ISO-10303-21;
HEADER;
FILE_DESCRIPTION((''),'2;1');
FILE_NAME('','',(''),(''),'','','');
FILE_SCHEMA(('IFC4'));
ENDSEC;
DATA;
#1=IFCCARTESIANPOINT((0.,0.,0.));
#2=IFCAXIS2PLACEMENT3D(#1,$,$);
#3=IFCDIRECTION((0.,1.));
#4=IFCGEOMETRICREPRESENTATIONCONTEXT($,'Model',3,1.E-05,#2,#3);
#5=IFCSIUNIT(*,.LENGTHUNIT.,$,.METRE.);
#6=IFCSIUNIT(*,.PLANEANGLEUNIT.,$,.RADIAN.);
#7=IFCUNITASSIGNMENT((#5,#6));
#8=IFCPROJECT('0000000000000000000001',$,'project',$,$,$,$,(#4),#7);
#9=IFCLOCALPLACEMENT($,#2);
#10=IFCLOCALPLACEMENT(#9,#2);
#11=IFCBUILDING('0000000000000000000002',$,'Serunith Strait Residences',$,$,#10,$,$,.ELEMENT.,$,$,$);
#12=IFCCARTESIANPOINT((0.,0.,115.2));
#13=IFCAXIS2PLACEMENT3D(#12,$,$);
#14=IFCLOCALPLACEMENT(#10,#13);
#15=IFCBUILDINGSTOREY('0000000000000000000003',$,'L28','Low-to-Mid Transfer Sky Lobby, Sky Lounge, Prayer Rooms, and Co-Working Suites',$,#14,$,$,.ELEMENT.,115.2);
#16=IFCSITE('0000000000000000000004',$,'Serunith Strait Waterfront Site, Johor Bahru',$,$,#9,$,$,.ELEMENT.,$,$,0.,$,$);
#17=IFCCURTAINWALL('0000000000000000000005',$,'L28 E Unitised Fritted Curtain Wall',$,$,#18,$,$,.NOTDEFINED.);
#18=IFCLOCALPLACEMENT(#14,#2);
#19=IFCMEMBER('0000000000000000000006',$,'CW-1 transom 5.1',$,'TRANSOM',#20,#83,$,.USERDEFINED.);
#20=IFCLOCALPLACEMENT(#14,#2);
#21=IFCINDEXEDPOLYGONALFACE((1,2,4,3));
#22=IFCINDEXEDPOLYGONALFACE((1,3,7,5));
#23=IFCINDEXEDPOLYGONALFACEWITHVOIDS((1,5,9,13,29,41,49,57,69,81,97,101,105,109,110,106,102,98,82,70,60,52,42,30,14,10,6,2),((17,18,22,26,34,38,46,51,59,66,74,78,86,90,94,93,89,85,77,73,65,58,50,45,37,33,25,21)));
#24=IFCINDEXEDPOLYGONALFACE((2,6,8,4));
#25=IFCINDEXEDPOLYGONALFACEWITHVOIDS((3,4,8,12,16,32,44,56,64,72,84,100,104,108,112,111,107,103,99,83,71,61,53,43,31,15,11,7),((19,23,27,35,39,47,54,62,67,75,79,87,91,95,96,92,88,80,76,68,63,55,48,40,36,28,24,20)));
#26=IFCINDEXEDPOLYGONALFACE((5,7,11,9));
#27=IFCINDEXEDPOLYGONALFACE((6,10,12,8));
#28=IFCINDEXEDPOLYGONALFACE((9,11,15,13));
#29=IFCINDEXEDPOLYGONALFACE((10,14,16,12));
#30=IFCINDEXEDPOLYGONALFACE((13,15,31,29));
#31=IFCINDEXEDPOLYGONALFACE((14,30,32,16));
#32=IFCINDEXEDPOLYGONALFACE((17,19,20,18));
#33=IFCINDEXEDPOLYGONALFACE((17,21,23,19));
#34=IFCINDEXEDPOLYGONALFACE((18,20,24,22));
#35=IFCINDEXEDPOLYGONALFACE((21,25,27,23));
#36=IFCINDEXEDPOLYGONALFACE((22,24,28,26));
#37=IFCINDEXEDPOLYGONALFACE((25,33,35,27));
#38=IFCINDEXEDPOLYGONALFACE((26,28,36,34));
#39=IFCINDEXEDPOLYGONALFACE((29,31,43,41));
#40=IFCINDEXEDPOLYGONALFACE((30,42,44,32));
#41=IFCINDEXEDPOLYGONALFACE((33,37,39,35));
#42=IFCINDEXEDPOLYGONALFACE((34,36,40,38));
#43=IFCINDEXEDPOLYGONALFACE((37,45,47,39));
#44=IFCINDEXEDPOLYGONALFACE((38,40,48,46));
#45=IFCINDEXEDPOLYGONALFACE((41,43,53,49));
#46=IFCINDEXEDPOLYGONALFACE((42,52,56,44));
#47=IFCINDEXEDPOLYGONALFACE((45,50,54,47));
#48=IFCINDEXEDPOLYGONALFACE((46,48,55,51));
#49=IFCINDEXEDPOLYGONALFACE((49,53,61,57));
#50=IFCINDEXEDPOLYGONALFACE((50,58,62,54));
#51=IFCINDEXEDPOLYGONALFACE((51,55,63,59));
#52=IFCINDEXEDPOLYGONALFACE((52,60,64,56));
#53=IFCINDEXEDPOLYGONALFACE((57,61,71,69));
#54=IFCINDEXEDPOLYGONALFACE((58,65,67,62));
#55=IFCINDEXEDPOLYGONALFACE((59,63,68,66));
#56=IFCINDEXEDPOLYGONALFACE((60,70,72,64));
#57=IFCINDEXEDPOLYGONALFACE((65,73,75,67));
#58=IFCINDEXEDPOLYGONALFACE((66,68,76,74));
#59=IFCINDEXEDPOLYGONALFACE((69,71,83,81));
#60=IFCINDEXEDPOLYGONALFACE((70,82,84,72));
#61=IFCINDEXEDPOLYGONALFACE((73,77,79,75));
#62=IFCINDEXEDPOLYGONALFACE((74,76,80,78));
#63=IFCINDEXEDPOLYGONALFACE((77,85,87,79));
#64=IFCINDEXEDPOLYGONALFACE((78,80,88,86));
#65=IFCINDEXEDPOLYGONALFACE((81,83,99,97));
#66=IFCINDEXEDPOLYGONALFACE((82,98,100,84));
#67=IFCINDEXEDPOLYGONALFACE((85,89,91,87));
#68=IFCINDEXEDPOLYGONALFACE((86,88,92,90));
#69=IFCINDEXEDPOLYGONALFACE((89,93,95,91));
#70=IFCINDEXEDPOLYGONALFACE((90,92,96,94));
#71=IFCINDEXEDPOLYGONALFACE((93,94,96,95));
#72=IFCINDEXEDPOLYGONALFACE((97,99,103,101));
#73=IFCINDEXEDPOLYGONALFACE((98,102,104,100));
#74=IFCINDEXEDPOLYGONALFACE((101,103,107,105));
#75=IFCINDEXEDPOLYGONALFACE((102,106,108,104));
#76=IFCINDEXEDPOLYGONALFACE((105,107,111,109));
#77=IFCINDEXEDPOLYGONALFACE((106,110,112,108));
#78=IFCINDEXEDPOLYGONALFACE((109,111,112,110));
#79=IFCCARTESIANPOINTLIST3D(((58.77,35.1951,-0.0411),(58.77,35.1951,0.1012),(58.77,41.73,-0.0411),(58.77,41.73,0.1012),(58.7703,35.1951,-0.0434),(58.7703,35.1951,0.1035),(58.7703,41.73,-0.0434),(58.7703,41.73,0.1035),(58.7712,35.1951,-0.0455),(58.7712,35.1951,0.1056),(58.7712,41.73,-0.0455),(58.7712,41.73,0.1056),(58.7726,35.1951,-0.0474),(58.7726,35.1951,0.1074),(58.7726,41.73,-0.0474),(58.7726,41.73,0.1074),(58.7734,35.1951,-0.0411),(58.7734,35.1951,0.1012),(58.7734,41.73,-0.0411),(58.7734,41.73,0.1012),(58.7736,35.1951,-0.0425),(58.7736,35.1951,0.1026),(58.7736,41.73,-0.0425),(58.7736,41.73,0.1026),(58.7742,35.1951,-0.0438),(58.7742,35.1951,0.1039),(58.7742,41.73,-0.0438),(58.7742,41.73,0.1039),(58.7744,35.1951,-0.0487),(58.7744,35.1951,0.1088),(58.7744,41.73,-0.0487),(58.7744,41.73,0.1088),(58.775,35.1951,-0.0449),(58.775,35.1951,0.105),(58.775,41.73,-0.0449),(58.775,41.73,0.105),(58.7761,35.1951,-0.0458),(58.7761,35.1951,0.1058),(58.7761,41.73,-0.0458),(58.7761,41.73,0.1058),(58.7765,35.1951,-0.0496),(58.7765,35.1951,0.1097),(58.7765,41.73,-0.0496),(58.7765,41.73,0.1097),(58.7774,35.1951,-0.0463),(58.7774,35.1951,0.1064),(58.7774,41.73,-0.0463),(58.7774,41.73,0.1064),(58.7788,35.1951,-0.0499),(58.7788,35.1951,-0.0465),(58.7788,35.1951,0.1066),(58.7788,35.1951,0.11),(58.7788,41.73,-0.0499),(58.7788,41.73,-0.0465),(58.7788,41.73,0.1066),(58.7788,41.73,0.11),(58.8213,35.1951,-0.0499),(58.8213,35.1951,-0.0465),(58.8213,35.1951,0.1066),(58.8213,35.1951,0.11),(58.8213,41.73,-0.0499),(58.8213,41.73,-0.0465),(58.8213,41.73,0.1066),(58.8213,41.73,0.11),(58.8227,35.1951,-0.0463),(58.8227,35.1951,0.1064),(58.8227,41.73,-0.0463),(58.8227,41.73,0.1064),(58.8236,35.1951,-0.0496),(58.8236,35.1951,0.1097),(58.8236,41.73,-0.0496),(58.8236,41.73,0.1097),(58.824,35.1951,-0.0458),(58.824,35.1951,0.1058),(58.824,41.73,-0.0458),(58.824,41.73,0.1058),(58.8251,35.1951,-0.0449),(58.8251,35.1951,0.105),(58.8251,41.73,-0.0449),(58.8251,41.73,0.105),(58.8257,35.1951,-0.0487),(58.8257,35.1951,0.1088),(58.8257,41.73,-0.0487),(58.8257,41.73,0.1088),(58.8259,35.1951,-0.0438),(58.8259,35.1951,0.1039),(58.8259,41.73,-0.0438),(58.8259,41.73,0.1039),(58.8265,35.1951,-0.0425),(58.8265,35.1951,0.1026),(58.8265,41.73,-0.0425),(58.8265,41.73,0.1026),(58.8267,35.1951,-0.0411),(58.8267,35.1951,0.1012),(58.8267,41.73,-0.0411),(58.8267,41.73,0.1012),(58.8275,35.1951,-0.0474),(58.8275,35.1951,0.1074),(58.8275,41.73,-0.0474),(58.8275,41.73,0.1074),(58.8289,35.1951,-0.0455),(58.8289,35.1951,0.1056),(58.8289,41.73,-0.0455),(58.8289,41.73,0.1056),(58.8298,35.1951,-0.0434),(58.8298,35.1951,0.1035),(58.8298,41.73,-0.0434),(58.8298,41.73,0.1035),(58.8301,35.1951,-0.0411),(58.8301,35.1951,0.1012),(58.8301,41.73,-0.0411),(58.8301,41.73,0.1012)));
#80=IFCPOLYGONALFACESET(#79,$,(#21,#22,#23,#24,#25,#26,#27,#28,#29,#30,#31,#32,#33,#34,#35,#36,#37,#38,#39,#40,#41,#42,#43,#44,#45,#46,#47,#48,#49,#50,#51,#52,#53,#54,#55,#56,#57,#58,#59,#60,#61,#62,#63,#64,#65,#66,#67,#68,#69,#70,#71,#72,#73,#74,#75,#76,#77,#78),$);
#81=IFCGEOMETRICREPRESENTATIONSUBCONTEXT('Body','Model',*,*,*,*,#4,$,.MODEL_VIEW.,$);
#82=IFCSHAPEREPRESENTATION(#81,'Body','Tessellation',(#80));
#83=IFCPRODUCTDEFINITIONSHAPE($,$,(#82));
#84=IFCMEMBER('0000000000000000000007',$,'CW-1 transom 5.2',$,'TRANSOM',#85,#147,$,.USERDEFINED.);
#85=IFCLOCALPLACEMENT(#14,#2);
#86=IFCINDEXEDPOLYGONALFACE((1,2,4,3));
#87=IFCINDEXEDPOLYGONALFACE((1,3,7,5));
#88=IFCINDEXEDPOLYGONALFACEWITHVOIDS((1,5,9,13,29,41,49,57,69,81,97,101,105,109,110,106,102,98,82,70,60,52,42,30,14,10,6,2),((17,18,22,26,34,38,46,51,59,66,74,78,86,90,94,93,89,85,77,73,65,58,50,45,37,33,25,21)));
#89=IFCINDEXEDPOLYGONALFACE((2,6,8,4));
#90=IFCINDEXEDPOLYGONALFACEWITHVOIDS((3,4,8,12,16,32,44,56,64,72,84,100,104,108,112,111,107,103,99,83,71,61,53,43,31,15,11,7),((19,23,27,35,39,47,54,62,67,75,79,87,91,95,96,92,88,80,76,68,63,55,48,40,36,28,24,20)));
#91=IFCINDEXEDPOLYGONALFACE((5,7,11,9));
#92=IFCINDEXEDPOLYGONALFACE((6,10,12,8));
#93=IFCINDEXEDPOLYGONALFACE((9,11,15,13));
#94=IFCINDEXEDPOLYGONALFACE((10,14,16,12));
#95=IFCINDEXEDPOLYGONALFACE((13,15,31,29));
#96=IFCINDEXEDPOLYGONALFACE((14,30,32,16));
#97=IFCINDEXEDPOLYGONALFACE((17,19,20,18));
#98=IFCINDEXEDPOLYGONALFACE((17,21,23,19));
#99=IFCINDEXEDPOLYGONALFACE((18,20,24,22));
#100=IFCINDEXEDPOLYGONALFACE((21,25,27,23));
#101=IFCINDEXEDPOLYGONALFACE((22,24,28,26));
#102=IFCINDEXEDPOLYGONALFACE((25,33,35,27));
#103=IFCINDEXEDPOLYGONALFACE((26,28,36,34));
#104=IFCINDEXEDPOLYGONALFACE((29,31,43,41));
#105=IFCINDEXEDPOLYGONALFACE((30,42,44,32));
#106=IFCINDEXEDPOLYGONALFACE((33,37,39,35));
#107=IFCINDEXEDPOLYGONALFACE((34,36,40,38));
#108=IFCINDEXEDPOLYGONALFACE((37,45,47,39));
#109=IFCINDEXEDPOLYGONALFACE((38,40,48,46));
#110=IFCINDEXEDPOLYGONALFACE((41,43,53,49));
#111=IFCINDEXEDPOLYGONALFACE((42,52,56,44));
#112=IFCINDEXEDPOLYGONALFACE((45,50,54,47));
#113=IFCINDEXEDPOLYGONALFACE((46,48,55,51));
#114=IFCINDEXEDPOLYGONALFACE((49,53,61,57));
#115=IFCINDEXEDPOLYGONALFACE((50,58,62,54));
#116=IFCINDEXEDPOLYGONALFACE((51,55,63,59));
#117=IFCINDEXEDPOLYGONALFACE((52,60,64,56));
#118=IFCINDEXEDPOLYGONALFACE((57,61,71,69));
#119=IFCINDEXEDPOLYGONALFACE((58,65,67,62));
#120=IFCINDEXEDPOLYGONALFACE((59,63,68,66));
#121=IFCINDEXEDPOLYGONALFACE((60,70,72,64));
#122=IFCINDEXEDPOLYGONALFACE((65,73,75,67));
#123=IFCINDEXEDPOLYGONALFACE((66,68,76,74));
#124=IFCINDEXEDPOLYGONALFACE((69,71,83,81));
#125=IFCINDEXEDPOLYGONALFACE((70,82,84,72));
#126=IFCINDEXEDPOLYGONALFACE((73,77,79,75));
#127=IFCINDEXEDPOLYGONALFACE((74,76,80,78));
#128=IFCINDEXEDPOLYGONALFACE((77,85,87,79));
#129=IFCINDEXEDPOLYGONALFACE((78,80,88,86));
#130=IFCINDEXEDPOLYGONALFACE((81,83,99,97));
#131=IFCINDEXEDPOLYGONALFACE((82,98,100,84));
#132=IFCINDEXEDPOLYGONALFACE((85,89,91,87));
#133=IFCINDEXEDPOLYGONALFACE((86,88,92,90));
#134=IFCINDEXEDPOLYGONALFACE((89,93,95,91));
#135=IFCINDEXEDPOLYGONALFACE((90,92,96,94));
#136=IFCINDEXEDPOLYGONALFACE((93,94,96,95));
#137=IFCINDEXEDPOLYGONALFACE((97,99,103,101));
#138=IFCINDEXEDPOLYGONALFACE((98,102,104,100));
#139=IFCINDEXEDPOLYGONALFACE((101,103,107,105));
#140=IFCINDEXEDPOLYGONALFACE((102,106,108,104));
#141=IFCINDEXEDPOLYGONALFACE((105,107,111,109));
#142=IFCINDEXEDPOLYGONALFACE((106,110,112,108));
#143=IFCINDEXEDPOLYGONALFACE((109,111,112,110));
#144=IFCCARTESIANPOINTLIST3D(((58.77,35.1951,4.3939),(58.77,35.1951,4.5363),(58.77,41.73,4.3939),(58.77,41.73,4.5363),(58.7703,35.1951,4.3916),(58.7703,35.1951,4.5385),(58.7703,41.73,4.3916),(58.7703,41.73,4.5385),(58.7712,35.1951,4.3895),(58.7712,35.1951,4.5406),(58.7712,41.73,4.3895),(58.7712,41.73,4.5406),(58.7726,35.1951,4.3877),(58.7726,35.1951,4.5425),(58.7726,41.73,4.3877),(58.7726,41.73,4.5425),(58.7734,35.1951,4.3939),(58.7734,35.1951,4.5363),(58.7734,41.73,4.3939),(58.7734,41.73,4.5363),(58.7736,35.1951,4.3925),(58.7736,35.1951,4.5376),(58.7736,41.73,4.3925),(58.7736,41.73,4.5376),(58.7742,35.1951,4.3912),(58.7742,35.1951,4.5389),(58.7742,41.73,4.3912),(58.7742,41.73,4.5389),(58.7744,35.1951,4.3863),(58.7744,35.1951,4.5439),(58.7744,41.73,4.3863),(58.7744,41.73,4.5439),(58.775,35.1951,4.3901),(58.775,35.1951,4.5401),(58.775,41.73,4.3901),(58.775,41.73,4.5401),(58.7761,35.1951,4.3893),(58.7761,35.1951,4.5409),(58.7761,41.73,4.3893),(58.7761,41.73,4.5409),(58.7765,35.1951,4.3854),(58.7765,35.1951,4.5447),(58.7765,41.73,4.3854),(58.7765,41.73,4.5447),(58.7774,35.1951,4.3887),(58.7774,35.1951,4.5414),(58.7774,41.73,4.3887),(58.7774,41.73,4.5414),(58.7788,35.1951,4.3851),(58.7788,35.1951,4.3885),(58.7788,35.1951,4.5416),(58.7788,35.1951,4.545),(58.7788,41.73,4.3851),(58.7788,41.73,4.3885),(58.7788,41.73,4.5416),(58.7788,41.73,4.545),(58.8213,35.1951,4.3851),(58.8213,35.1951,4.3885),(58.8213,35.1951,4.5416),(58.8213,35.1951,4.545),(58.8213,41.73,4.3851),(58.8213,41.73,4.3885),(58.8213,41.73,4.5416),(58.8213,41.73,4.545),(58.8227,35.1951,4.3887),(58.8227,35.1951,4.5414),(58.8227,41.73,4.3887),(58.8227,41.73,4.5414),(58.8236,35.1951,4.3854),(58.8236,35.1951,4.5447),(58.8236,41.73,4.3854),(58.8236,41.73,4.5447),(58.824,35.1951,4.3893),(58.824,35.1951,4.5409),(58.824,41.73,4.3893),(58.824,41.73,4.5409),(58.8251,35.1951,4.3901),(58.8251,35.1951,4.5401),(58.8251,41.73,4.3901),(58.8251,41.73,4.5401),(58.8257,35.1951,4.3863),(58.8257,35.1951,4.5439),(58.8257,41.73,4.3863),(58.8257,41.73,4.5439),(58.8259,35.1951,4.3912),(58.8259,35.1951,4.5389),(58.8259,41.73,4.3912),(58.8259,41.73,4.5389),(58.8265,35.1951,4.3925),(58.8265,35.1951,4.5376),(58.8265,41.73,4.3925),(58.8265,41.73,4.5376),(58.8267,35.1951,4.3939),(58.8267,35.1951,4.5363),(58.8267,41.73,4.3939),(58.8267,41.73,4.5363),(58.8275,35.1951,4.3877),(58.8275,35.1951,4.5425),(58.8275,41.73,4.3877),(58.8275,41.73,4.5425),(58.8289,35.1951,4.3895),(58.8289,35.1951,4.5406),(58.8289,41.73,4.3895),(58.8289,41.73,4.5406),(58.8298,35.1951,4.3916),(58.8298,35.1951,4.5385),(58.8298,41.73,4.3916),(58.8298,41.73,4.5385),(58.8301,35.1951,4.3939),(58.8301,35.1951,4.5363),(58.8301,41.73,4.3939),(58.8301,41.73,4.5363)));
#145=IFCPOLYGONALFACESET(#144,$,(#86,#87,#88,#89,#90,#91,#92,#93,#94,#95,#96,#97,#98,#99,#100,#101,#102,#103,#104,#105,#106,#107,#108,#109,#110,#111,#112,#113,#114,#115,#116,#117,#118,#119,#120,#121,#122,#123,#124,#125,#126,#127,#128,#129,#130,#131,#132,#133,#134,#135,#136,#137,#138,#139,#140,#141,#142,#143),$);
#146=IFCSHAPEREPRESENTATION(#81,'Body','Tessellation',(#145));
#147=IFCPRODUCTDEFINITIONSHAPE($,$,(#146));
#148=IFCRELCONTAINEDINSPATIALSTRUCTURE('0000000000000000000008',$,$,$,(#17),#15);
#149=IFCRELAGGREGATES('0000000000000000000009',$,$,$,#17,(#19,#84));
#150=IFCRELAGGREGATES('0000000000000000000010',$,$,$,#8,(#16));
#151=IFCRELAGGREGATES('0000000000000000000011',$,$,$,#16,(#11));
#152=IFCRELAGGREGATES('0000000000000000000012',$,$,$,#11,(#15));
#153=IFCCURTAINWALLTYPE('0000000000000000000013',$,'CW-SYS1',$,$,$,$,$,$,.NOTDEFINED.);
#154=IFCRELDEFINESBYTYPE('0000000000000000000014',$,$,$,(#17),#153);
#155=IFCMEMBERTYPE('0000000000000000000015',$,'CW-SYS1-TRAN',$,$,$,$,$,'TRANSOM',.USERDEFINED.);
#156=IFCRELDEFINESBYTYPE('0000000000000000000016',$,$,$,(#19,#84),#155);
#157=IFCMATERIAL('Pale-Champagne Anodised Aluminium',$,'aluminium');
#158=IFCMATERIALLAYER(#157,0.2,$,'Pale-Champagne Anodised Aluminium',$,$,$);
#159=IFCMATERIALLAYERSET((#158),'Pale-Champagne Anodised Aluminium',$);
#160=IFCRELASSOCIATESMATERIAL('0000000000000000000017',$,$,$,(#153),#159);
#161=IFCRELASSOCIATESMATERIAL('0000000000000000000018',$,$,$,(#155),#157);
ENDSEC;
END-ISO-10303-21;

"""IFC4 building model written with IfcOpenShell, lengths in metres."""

from ifc_helpers import new_model, si_unit, direction, frame, origin, origin_2d, place, context, subcontext, project, spatial, hollow_rectangle, extrude, source, transform, mapped, material, layer, layer_set, material_profile, profile_set, type_object, element, aggregate, save


model = new_model("IFC4")

# Units and contexts
model_context = context("Model", 3, precision=1e-05, world=origin(), true_north=direction((0.0, 1.0)))
body_context = subcontext(model_context, "Body", "Model", "MODEL_VIEW")
ifc_project = project(units=[si_unit("LENGTHUNIT", "METRE"), si_unit("PLANEANGLEUNIT", "RADIAN")], contexts=[model_context])

# Site, building, storey
site_placement = place(None, origin())
site = spatial("IfcSite", under=ifc_project, at=site_placement, Name="Serunith Strait Waterfront Site, Johor Bahru", CompositionType="ELEMENT", RefElevation=0.0)
building_placement = place(site_placement, origin())
building = spatial("IfcBuilding", under=site, at=building_placement, Name="Serunith Strait Residences", CompositionType="ELEMENT")
storey_placement = place(building_placement, frame((0.0, 0.0, 115.2)))
storey = spatial("IfcBuildingStorey", under=building, at=storey_placement, Name="L28", Description="Low-to-Mid Transfer Sky Lobby, Sky Lounge, Prayer Rooms, and Co-Working Suites", CompositionType="ELEMENT", Elevation=115.2)

# Curtain wall, members
ifc_material_1 = material(Name="Pale-Champagne Anodised Aluminium", Category="aluminium")
ifc_layer_1 = layer(ifc_material_1, 0.2, Name="Pale-Champagne Anodised Aluminium")
ifc_layer_set_1 = layer_set([ifc_layer_1], Name="Pale-Champagne Anodised Aluminium")
curtain_wall_type = type_object("IfcCurtainWallType", Name="CW-SYS1", PredefinedType="NOTDEFINED", material=ifc_layer_set_1)
curtain_wall_placement = place(storey_placement, origin())
curtain_wall = element("IfcCurtainWall", 1, at=curtain_wall_placement, inside=storey, type_object=curtain_wall_type, Name="L28 E Unitised Fritted Curtain Wall", PredefinedType="NOTDEFINED")
ifc_material_profile_1 = material_profile(ifc_material_1, hollow_rectangle(XDim=0.0601, YDim=0.1599, WallThickness=0.0034, InnerFilletRadius=0.0054, OuterFilletRadius=0.0088, at=origin_2d()), Name="ALU 160x60x3.5")
ifc_profile_set_1 = profile_set([ifc_material_profile_1], Name="Pale-Champagne Anodised Aluminium")
member_type_1 = type_object("IfcMemberType", Name="CW-SYS1-TRAN", ElementType="TRANSOM", PredefinedType="USERDEFINED", material=ifc_profile_set_1)
shared_shape_1 = source(origin(), body_context, "Body", "SweptSolid", [
    extrude(hollow_rectangle(XDim=0.0601, YDim=0.1599, WallThickness=0.0034, InnerFilletRadius=0.0054, OuterFilletRadius=0.0088, at=origin_2d()), origin(), (0.0, 0.0, 1.0), 6.5349),
])
member_1_placement = place(storey_placement, frame((58.8, 35.1951, 0.03), z_axis=(0.0, 1.0, 0.0), x_axis=(-1.0, 0.0, 0.0)))
member_1 = element("IfcMember", 2, at=member_1_placement, type_object=member_type_1, Name="CW-1 transom 5.1", ObjectType="TRANSOM", PredefinedType="USERDEFINED", context=body_context, shape_type="MappedRepresentation", body=[
    mapped(shared_shape_1, transform((0.0, 0.0, 0.0), scale=1.0)),
])
member_2_placement = place(storey_placement, frame((58.8, 35.1951, 4.4651), z_axis=(0.0, 1.0, 0.0), x_axis=(-1.0, 0.0, 0.0)))
member_2 = element("IfcMember", 3, at=member_2_placement, type_object=member_type_1, Name="CW-1 transom 5.2", ObjectType="TRANSOM", PredefinedType="USERDEFINED", context=body_context, shape_type="MappedRepresentation", body=[
    mapped(shared_shape_1, transform((0.0, 0.0, 0.0), scale=1.0)),
])
aggregate(curtain_wall, [member_1, member_2])

save(model, "model.ifc")
